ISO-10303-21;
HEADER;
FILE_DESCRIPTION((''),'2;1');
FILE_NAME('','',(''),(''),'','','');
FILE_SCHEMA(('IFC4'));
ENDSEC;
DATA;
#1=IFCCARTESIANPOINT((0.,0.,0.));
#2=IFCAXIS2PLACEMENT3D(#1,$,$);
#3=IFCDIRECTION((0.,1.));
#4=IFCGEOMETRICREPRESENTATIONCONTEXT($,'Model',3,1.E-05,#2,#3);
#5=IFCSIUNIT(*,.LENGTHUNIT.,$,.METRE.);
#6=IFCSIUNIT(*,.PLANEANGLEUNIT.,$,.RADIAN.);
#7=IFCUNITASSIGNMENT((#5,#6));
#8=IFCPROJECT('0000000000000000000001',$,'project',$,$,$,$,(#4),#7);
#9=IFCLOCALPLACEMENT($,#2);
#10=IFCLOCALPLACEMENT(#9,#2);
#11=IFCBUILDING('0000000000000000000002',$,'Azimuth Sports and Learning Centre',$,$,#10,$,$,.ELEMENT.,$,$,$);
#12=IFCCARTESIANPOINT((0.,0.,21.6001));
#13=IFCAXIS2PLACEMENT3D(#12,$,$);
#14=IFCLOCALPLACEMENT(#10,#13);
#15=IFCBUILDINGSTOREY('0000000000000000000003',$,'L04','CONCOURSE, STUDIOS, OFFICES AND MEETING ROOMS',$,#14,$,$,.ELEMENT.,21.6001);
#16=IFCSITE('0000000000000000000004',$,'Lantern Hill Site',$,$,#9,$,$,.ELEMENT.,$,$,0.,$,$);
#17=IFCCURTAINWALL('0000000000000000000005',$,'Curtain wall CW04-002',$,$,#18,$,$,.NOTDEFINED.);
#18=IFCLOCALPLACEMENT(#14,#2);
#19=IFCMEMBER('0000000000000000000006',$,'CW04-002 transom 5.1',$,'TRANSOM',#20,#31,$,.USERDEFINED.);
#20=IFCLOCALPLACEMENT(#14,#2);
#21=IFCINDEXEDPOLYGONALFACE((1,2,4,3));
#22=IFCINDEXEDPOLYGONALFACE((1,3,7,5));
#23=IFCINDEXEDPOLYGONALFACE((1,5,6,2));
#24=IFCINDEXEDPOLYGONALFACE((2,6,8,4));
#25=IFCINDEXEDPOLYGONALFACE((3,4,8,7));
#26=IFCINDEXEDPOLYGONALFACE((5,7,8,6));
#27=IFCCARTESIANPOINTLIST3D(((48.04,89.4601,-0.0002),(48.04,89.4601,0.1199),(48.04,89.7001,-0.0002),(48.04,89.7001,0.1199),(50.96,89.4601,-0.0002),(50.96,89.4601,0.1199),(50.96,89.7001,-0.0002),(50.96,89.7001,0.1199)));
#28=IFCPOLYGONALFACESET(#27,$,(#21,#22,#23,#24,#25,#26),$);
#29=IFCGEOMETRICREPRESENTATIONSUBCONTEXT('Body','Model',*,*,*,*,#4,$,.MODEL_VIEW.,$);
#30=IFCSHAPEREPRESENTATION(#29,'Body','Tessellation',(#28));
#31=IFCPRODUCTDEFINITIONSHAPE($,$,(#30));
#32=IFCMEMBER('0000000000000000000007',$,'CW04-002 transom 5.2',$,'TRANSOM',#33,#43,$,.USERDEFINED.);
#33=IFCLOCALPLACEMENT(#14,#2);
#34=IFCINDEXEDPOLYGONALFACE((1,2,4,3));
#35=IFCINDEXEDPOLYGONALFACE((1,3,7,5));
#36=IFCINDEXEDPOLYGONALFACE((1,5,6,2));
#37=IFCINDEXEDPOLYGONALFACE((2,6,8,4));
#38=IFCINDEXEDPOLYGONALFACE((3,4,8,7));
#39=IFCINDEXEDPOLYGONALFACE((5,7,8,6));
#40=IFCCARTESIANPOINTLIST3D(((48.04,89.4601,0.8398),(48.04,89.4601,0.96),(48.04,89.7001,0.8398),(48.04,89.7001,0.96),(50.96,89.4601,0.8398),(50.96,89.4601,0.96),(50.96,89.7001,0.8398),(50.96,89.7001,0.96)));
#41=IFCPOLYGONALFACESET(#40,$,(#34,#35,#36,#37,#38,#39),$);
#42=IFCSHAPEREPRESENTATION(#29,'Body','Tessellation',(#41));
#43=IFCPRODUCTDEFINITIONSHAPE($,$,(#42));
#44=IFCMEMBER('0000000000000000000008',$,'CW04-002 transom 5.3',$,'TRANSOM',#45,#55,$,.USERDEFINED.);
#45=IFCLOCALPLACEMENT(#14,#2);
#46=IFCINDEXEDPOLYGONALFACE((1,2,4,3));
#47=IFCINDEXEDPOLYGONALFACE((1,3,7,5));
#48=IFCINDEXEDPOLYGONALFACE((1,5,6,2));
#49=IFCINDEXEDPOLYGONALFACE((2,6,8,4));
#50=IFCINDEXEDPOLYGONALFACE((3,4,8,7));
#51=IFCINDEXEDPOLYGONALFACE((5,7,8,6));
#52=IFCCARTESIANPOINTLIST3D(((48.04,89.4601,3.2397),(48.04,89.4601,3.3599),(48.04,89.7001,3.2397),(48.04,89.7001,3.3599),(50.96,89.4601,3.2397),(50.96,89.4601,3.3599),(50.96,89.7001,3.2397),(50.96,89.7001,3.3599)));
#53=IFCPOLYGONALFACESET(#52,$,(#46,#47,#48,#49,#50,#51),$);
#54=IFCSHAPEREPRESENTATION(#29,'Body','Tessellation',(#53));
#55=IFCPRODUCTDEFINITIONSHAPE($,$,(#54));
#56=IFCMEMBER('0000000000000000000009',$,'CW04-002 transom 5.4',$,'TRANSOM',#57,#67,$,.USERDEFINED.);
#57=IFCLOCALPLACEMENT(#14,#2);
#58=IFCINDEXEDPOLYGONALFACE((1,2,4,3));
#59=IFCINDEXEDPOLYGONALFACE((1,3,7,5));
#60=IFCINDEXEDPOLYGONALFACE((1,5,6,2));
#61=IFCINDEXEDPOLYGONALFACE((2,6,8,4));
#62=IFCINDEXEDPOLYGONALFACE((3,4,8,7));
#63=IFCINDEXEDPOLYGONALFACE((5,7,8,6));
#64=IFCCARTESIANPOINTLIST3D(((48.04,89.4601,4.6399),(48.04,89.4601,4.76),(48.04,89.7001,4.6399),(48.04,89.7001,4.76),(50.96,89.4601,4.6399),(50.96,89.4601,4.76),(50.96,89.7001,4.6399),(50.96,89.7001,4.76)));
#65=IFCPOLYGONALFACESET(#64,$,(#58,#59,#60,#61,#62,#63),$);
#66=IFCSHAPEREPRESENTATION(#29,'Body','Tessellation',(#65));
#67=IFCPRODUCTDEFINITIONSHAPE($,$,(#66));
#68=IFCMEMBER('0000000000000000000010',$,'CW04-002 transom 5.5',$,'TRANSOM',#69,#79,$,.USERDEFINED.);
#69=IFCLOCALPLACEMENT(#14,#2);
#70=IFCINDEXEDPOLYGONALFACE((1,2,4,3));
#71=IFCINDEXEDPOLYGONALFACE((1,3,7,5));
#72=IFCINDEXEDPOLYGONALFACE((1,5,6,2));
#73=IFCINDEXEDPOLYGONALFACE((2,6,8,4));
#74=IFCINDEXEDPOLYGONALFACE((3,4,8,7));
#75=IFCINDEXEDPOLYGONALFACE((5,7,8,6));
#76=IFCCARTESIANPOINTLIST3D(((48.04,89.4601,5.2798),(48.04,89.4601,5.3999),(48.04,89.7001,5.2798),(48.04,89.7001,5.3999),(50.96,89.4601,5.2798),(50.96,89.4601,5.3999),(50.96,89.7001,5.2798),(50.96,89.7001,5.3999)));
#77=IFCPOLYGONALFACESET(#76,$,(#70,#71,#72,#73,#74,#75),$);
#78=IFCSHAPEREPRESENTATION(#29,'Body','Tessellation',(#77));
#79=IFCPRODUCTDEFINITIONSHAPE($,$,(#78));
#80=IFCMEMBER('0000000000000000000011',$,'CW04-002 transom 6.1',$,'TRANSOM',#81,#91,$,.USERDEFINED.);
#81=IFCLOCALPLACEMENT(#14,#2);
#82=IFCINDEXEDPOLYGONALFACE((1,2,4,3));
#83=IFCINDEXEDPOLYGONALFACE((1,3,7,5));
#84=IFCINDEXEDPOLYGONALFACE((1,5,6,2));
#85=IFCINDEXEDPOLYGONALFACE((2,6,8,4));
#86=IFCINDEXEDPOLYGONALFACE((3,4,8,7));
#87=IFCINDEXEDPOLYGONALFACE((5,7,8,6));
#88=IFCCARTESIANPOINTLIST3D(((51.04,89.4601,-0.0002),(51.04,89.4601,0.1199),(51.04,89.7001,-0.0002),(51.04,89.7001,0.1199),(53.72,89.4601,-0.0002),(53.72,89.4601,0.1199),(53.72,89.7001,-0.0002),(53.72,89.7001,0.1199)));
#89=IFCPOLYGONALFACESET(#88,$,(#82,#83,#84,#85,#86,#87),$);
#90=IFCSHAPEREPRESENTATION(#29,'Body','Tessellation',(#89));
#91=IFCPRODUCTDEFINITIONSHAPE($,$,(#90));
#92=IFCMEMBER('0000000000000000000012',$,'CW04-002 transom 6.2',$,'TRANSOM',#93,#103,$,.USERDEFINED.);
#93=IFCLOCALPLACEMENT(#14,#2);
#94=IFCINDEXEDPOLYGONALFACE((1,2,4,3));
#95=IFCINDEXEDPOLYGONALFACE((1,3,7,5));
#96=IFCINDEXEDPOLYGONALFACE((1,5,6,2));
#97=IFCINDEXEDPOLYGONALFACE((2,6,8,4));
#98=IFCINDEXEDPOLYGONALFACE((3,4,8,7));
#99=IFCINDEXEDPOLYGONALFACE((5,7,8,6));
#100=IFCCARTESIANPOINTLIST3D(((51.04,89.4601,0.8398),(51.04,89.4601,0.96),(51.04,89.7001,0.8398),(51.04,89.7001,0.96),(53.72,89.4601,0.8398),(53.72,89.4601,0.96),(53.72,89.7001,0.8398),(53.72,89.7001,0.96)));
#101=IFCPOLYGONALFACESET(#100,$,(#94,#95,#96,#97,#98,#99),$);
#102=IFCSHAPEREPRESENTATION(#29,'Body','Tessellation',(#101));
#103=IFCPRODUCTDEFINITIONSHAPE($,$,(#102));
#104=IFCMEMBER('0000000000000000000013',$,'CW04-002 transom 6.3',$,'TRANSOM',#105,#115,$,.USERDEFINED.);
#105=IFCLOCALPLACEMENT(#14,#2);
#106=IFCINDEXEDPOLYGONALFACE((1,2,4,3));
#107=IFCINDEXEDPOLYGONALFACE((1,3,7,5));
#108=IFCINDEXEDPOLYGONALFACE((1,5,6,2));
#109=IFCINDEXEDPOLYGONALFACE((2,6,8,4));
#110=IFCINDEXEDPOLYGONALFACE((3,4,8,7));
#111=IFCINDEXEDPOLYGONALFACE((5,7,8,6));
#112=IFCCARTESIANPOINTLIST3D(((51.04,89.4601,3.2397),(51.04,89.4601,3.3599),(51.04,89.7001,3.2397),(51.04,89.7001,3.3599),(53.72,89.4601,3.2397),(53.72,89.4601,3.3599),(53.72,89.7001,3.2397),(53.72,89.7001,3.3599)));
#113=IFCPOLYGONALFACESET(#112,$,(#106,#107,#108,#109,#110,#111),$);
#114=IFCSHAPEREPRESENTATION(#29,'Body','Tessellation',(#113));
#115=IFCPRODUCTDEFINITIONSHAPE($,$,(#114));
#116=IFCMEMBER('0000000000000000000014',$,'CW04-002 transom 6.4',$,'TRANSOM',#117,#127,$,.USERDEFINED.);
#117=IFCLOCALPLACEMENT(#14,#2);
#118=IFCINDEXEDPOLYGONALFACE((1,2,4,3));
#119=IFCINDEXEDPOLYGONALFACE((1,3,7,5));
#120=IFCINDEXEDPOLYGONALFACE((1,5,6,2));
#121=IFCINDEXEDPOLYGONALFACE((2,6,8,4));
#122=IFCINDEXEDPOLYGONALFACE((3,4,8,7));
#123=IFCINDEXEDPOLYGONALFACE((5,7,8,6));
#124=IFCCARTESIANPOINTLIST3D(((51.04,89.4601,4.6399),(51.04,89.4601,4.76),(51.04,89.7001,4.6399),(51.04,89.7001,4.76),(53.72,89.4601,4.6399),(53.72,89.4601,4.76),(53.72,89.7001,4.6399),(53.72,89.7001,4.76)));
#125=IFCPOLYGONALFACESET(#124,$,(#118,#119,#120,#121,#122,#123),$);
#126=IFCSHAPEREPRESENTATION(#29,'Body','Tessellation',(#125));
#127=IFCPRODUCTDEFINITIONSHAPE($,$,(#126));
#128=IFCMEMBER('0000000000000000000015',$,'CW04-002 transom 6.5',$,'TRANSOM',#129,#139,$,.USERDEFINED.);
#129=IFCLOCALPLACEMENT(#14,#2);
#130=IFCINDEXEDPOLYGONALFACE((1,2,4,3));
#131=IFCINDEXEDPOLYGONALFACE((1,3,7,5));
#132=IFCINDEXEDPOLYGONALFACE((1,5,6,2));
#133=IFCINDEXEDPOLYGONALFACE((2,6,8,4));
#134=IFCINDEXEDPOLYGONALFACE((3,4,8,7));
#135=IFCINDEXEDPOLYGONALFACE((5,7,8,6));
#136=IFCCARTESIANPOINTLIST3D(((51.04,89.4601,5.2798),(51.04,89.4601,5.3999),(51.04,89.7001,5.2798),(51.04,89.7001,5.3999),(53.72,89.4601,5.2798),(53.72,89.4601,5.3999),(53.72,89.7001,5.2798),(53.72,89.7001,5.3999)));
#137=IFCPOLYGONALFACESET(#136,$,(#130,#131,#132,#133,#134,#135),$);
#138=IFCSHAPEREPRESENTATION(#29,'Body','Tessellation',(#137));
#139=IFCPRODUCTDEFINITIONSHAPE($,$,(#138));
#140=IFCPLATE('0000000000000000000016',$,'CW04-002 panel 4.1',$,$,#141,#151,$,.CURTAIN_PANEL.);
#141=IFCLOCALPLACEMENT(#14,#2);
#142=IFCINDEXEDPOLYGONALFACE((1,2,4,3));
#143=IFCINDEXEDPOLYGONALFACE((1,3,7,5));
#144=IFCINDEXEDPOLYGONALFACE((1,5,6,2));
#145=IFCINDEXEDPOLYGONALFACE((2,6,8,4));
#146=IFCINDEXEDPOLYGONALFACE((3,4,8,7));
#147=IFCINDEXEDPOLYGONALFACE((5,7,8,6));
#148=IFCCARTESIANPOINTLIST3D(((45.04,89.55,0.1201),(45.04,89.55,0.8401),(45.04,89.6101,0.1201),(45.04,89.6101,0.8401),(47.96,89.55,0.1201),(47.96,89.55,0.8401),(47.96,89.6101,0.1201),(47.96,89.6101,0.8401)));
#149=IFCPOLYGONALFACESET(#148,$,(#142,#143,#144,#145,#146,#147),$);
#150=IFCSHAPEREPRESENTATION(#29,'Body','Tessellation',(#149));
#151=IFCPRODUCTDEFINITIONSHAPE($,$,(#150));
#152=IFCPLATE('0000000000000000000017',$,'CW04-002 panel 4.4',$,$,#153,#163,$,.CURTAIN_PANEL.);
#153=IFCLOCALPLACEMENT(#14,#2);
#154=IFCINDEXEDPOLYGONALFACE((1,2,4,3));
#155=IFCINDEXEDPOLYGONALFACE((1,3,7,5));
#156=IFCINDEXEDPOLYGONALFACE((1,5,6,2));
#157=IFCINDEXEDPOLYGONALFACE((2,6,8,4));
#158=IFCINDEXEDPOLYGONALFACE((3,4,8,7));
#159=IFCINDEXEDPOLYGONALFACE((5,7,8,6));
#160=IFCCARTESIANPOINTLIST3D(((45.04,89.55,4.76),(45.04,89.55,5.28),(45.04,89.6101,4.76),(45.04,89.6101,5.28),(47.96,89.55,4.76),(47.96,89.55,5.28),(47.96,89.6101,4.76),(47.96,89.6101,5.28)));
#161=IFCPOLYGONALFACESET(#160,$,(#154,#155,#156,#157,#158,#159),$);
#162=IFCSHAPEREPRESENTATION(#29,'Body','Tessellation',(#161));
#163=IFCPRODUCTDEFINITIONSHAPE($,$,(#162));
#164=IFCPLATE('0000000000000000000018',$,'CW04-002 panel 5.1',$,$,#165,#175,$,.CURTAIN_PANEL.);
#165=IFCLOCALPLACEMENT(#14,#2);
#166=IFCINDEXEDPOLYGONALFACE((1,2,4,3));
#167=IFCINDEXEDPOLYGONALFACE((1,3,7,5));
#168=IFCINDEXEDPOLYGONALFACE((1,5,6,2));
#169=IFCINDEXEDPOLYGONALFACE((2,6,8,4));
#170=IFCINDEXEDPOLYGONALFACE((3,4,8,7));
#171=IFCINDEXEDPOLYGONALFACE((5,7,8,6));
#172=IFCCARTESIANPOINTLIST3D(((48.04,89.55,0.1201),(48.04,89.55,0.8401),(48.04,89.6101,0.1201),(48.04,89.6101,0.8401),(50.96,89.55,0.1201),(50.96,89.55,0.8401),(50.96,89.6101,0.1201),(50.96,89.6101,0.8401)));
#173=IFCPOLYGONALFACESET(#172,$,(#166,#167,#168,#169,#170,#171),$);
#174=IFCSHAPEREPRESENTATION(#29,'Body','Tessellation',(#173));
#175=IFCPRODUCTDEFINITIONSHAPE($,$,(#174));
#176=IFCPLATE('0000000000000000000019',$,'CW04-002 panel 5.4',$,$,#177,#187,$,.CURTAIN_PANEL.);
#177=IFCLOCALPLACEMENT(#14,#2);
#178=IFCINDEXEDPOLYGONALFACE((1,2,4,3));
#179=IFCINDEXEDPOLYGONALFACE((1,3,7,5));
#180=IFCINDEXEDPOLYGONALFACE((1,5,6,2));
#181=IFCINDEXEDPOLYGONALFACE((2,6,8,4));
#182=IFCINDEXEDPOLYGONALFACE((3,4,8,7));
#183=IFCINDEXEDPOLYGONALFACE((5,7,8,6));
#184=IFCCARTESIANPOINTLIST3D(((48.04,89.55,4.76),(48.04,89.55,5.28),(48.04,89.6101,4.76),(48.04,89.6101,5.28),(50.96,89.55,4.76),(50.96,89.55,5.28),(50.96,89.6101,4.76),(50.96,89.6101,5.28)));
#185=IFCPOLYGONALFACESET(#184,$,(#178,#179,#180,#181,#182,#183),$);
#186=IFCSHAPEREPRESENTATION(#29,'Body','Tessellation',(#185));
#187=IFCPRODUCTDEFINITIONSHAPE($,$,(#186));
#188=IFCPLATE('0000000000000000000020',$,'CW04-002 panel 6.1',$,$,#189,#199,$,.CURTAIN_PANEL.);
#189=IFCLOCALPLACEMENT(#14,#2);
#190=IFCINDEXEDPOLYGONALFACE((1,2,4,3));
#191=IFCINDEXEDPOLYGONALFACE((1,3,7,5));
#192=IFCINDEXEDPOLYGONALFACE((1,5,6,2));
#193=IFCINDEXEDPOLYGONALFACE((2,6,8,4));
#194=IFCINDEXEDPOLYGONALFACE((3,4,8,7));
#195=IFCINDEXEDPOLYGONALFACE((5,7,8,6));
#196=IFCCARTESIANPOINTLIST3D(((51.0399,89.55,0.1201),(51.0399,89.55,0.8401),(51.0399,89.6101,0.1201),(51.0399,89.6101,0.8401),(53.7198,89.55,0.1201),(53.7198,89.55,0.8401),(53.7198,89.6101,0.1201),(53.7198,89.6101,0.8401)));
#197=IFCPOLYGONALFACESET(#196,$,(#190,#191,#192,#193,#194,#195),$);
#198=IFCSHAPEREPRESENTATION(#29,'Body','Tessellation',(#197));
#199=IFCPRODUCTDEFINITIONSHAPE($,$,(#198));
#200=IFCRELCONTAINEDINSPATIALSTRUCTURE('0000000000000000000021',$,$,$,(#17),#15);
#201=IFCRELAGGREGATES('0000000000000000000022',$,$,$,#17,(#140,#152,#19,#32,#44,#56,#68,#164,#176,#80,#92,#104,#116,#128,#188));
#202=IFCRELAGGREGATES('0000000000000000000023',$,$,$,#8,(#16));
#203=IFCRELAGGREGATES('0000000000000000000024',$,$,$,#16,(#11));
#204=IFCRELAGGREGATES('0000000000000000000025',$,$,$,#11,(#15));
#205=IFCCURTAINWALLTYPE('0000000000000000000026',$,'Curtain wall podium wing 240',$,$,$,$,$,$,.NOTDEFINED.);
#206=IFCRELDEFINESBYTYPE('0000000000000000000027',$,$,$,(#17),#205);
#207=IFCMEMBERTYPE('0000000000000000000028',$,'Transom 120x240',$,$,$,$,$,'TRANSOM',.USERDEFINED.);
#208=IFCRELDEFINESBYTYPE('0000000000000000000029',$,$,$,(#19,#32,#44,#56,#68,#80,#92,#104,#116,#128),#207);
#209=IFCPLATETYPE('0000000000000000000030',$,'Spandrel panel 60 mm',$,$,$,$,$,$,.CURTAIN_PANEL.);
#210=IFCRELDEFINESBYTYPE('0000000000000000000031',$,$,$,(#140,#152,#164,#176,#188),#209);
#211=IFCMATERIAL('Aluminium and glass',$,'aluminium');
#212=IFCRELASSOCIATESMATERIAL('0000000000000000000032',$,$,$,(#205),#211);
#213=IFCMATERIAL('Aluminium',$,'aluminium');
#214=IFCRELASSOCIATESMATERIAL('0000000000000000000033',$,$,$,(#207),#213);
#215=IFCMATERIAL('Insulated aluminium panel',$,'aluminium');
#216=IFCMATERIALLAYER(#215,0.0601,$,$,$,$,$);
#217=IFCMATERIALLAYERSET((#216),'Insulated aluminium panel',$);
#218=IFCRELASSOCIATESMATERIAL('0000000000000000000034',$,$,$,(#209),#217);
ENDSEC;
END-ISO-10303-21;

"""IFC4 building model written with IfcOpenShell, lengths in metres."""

from ifc_helpers import new_model, si_unit, direction, frame, origin, origin_2d, place, context, subcontext, project, spatial, rectangle, extrude, material, layer, layer_set, material_profile, profile_set, type_object, element, aggregate, save


model = new_model("IFC4")

# Units and contexts
model_context = context("Model", 3, precision=1e-05, world=origin(), true_north=direction((0.0, 1.0)))
body_context = subcontext(model_context, "Body", "Model", "MODEL_VIEW")
ifc_project = project(units=[si_unit("LENGTHUNIT", "METRE"), si_unit("PLANEANGLEUNIT", "RADIAN")], contexts=[model_context])

# Site, building, storey
site_placement = place(None, origin())
site = spatial("IfcSite", under=ifc_project, at=site_placement, Name="Lantern Hill Site", CompositionType="ELEMENT", RefElevation=0.0)
building_placement = place(site_placement, origin())
building = spatial("IfcBuilding", under=site, at=building_placement, Name="Azimuth Sports and Learning Centre", CompositionType="ELEMENT")
storey_placement = place(building_placement, frame((0.0, 0.0, 21.6001)))
storey = spatial("IfcBuildingStorey", under=building, at=storey_placement, Name="L04", Description="CONCOURSE, STUDIOS, OFFICES AND MEETING ROOMS", CompositionType="ELEMENT", Elevation=21.6001)

# Curtain wall, members, plates
ifc_material_1 = material(Name="Aluminium and glass", Category="aluminium")
curtain_wall_type = type_object("IfcCurtainWallType", Name="Curtain wall podium wing 240", PredefinedType="NOTDEFINED", material=ifc_material_1)
curtain_wall_placement = place(storey_placement, origin())
curtain_wall = element("IfcCurtainWall", 1, at=curtain_wall_placement, inside=storey, type_object=curtain_wall_type, Name="Curtain wall CW04-002", PredefinedType="NOTDEFINED")
ifc_material_2 = material(Name="Aluminium", Category="aluminium")
ifc_material_profile_1 = material_profile(ifc_material_2, rectangle(XDim=0.24, YDim=0.1201, at=origin_2d()), Name="Transom 120x240")
ifc_profile_set_1 = profile_set([ifc_material_profile_1], Name="Aluminium")
member_type_1 = type_object("IfcMemberType", Name="Transom 120x240", ElementType="TRANSOM", PredefinedType="USERDEFINED", material=ifc_profile_set_1)
member_1_placement = place(storey_placement, frame((48.04, 89.5801, 0.0598), z_axis=(1.0, 0.0, 0.0), x_axis=(0.0, 1.0, 0.0)))
member_1 = element("IfcMember", 2, at=member_1_placement, type_object=member_type_1, Name="CW04-002 transom 5.1", ObjectType="TRANSOM", PredefinedType="USERDEFINED", context=body_context, shape_type="SweptSolid", body=[
    extrude(rectangle(XDim=0.24, YDim=0.1201, at=origin_2d()), origin(), (0.0, 0.0, 1.0), 2.9199),
])
member_2_placement = place(storey_placement, frame((48.04, 89.5801, 0.8999), z_axis=(1.0, 0.0, 0.0), x_axis=(0.0, 1.0, 0.0)))
member_2 = element("IfcMember", 3, at=member_2_placement, type_object=member_type_1, Name="CW04-002 transom 5.2", ObjectType="TRANSOM", PredefinedType="USERDEFINED", context=body_context, shape_type="SweptSolid", body=[
    extrude(rectangle(XDim=0.24, YDim=0.1201, at=origin_2d()), origin(), (0.0, 0.0, 1.0), 2.9199),
])
member_3_placement = place(storey_placement, frame((48.04, 89.5801, 3.2998), z_axis=(1.0, 0.0, 0.0), x_axis=(0.0, 1.0, 0.0)))
member_3 = element("IfcMember", 4, at=member_3_placement, type_object=member_type_1, Name="CW04-002 transom 5.3", ObjectType="TRANSOM", PredefinedType="USERDEFINED", context=body_context, shape_type="SweptSolid", body=[
    extrude(rectangle(XDim=0.24, YDim=0.1201, at=origin_2d()), origin(), (0.0, 0.0, 1.0), 2.9199),
])
member_4_placement = place(storey_placement, frame((48.04, 89.5801, 4.7), z_axis=(1.0, 0.0, 0.0), x_axis=(0.0, 1.0, 0.0)))
member_4 = element("IfcMember", 5, at=member_4_placement, type_object=member_type_1, Name="CW04-002 transom 5.4", ObjectType="TRANSOM", PredefinedType="USERDEFINED", context=body_context, shape_type="SweptSolid", body=[
    extrude(rectangle(XDim=0.24, YDim=0.1201, at=origin_2d()), origin(), (0.0, 0.0, 1.0), 2.9199),
])
member_5_placement = place(storey_placement, frame((48.04, 89.5801, 5.3398), z_axis=(1.0, 0.0, 0.0), x_axis=(0.0, 1.0, 0.0)))
member_5 = element("IfcMember", 6, at=member_5_placement, type_object=member_type_1, Name="CW04-002 transom 5.5", ObjectType="TRANSOM", PredefinedType="USERDEFINED", context=body_context, shape_type="SweptSolid", body=[
    extrude(rectangle(XDim=0.24, YDim=0.1201, at=origin_2d()), origin(), (0.0, 0.0, 1.0), 2.9199),
])
member_6_placement = place(storey_placement, frame((51.04, 89.5801, 0.0598), z_axis=(1.0, 0.0, 0.0), x_axis=(0.0, 1.0, 0.0)))
member_6 = element("IfcMember", 7, at=member_6_placement, type_object=member_type_1, Name="CW04-002 transom 6.1", ObjectType="TRANSOM", PredefinedType="USERDEFINED", context=body_context, shape_type="SweptSolid", body=[
    extrude(rectangle(XDim=0.24, YDim=0.1201, at=origin_2d()), origin(), (0.0, 0.0, 1.0), 2.6799),
])
member_7_placement = place(storey_placement, frame((51.04, 89.5801, 0.8999), z_axis=(1.0, 0.0, 0.0), x_axis=(0.0, 1.0, 0.0)))
member_7 = element("IfcMember", 8, at=member_7_placement, type_object=member_type_1, Name="CW04-002 transom 6.2", ObjectType="TRANSOM", PredefinedType="USERDEFINED", context=body_context, shape_type="SweptSolid", body=[
    extrude(rectangle(XDim=0.24, YDim=0.1201, at=origin_2d()), origin(), (0.0, 0.0, 1.0), 2.6799),
])
member_8_placement = place(storey_placement, frame((51.04, 89.5801, 3.2998), z_axis=(1.0, 0.0, 0.0), x_axis=(0.0, 1.0, 0.0)))
member_8 = element("IfcMember", 9, at=member_8_placement, type_object=member_type_1, Name="CW04-002 transom 6.3", ObjectType="TRANSOM", PredefinedType="USERDEFINED", context=body_context, shape_type="SweptSolid", body=[
    extrude(rectangle(XDim=0.24, YDim=0.1201, at=origin_2d()), origin(), (0.0, 0.0, 1.0), 2.6799),
])
member_9_placement = place(storey_placement, frame((51.04, 89.5801, 4.7), z_axis=(1.0, 0.0, 0.0), x_axis=(0.0, 1.0, 0.0)))
member_9 = element("IfcMember", 10, at=member_9_placement, type_object=member_type_1, Name="CW04-002 transom 6.4", ObjectType="TRANSOM", PredefinedType="USERDEFINED", context=body_context, shape_type="SweptSolid", body=[
    extrude(rectangle(XDim=0.24, YDim=0.1201, at=origin_2d()), origin(), (0.0, 0.0, 1.0), 2.6799),
])
member_10_placement = place(storey_placement, frame((51.04, 89.5801, 5.3398), z_axis=(1.0, 0.0, 0.0), x_axis=(0.0, 1.0, 0.0)))
member_10 = element("IfcMember", 11, at=member_10_placement, type_object=member_type_1, Name="CW04-002 transom 6.5", ObjectType="TRANSOM", PredefinedType="USERDEFINED", context=body_context, shape_type="SweptSolid", body=[
    extrude(rectangle(XDim=0.24, YDim=0.1201, at=origin_2d()), origin(), (0.0, 0.0, 1.0), 2.6799),
])
ifc_material_3 = material(Name="Insulated aluminium panel", Category="aluminium")
ifc_layer_1 = layer(ifc_material_3, 0.0601)
ifc_layer_set_1 = layer_set([ifc_layer_1], Name="Insulated aluminium panel")
plate_type_1 = type_object("IfcPlateType", Name="Spandrel panel 60 mm", PredefinedType="CURTAIN_PANEL", material=ifc_layer_set_1)
plate_1_placement = place(storey_placement, frame((46.5, 89.5801, 0.1201), z_axis=(0.0, 0.0, 1.0), x_axis=(1.0, 0.0, 0.0)))
plate_1 = element("IfcPlate", 12, at=plate_1_placement, type_object=plate_type_1, Name="CW04-002 panel 4.1", PredefinedType="CURTAIN_PANEL", context=body_context, shape_type="SweptSolid", body=[
    extrude(rectangle(XDim=2.9199, YDim=0.0601, at=origin_2d()), origin(), (0.0, 0.0, 1.0), 0.72),
])
plate_2_placement = place(storey_placement, frame((46.5, 89.5801, 4.76), z_axis=(0.0, 0.0, 1.0), x_axis=(1.0, 0.0, 0.0)))
plate_2 = element("IfcPlate", 13, at=plate_2_placement, type_object=plate_type_1, Name="CW04-002 panel 4.4", PredefinedType="CURTAIN_PANEL", context=body_context, shape_type="SweptSolid", body=[
    extrude(rectangle(XDim=2.9199, YDim=0.0601, at=origin_2d()), origin(), (0.0, 0.0, 1.0), 0.52),
])
plate_3_placement = place(storey_placement, frame((49.5, 89.5801, 0.1201), z_axis=(0.0, 0.0, 1.0), x_axis=(1.0, 0.0, 0.0)))
plate_3 = element("IfcPlate", 14, at=plate_3_placement, type_object=plate_type_1, Name="CW04-002 panel 5.1", PredefinedType="CURTAIN_PANEL", context=body_context, shape_type="SweptSolid", body=[
    extrude(rectangle(XDim=2.9199, YDim=0.0601, at=origin_2d()), origin(), (0.0, 0.0, 1.0), 0.72),
])
plate_4_placement = place(storey_placement, frame((49.5, 89.5801, 4.76), z_axis=(0.0, 0.0, 1.0), x_axis=(1.0, 0.0, 0.0)))
plate_4 = element("IfcPlate", 15, at=plate_4_placement, type_object=plate_type_1, Name="CW04-002 panel 5.4", PredefinedType="CURTAIN_PANEL", context=body_context, shape_type="SweptSolid", body=[
    extrude(rectangle(XDim=2.9199, YDim=0.0601, at=origin_2d()), origin(), (0.0, 0.0, 1.0), 0.52),
])
plate_5_placement = place(storey_placement, frame((52.3799, 89.5801, 0.1201), z_axis=(0.0, 0.0, 1.0), x_axis=(1.0, 0.0, 0.0)))
plate_5 = element("IfcPlate", 16, at=plate_5_placement, type_object=plate_type_1, Name="CW04-002 panel 6.1", PredefinedType="CURTAIN_PANEL", context=body_context, shape_type="SweptSolid", body=[
    extrude(rectangle(XDim=2.6799, YDim=0.0601, at=origin_2d()), origin(), (0.0, 0.0, 1.0), 0.72),
])
aggregate(curtain_wall, [plate_1, plate_2, member_1, member_2, member_3, member_4, member_5, plate_3, plate_4, member_6, member_7, member_8, member_9, member_10, plate_5])

save(model, "model.ifc")
